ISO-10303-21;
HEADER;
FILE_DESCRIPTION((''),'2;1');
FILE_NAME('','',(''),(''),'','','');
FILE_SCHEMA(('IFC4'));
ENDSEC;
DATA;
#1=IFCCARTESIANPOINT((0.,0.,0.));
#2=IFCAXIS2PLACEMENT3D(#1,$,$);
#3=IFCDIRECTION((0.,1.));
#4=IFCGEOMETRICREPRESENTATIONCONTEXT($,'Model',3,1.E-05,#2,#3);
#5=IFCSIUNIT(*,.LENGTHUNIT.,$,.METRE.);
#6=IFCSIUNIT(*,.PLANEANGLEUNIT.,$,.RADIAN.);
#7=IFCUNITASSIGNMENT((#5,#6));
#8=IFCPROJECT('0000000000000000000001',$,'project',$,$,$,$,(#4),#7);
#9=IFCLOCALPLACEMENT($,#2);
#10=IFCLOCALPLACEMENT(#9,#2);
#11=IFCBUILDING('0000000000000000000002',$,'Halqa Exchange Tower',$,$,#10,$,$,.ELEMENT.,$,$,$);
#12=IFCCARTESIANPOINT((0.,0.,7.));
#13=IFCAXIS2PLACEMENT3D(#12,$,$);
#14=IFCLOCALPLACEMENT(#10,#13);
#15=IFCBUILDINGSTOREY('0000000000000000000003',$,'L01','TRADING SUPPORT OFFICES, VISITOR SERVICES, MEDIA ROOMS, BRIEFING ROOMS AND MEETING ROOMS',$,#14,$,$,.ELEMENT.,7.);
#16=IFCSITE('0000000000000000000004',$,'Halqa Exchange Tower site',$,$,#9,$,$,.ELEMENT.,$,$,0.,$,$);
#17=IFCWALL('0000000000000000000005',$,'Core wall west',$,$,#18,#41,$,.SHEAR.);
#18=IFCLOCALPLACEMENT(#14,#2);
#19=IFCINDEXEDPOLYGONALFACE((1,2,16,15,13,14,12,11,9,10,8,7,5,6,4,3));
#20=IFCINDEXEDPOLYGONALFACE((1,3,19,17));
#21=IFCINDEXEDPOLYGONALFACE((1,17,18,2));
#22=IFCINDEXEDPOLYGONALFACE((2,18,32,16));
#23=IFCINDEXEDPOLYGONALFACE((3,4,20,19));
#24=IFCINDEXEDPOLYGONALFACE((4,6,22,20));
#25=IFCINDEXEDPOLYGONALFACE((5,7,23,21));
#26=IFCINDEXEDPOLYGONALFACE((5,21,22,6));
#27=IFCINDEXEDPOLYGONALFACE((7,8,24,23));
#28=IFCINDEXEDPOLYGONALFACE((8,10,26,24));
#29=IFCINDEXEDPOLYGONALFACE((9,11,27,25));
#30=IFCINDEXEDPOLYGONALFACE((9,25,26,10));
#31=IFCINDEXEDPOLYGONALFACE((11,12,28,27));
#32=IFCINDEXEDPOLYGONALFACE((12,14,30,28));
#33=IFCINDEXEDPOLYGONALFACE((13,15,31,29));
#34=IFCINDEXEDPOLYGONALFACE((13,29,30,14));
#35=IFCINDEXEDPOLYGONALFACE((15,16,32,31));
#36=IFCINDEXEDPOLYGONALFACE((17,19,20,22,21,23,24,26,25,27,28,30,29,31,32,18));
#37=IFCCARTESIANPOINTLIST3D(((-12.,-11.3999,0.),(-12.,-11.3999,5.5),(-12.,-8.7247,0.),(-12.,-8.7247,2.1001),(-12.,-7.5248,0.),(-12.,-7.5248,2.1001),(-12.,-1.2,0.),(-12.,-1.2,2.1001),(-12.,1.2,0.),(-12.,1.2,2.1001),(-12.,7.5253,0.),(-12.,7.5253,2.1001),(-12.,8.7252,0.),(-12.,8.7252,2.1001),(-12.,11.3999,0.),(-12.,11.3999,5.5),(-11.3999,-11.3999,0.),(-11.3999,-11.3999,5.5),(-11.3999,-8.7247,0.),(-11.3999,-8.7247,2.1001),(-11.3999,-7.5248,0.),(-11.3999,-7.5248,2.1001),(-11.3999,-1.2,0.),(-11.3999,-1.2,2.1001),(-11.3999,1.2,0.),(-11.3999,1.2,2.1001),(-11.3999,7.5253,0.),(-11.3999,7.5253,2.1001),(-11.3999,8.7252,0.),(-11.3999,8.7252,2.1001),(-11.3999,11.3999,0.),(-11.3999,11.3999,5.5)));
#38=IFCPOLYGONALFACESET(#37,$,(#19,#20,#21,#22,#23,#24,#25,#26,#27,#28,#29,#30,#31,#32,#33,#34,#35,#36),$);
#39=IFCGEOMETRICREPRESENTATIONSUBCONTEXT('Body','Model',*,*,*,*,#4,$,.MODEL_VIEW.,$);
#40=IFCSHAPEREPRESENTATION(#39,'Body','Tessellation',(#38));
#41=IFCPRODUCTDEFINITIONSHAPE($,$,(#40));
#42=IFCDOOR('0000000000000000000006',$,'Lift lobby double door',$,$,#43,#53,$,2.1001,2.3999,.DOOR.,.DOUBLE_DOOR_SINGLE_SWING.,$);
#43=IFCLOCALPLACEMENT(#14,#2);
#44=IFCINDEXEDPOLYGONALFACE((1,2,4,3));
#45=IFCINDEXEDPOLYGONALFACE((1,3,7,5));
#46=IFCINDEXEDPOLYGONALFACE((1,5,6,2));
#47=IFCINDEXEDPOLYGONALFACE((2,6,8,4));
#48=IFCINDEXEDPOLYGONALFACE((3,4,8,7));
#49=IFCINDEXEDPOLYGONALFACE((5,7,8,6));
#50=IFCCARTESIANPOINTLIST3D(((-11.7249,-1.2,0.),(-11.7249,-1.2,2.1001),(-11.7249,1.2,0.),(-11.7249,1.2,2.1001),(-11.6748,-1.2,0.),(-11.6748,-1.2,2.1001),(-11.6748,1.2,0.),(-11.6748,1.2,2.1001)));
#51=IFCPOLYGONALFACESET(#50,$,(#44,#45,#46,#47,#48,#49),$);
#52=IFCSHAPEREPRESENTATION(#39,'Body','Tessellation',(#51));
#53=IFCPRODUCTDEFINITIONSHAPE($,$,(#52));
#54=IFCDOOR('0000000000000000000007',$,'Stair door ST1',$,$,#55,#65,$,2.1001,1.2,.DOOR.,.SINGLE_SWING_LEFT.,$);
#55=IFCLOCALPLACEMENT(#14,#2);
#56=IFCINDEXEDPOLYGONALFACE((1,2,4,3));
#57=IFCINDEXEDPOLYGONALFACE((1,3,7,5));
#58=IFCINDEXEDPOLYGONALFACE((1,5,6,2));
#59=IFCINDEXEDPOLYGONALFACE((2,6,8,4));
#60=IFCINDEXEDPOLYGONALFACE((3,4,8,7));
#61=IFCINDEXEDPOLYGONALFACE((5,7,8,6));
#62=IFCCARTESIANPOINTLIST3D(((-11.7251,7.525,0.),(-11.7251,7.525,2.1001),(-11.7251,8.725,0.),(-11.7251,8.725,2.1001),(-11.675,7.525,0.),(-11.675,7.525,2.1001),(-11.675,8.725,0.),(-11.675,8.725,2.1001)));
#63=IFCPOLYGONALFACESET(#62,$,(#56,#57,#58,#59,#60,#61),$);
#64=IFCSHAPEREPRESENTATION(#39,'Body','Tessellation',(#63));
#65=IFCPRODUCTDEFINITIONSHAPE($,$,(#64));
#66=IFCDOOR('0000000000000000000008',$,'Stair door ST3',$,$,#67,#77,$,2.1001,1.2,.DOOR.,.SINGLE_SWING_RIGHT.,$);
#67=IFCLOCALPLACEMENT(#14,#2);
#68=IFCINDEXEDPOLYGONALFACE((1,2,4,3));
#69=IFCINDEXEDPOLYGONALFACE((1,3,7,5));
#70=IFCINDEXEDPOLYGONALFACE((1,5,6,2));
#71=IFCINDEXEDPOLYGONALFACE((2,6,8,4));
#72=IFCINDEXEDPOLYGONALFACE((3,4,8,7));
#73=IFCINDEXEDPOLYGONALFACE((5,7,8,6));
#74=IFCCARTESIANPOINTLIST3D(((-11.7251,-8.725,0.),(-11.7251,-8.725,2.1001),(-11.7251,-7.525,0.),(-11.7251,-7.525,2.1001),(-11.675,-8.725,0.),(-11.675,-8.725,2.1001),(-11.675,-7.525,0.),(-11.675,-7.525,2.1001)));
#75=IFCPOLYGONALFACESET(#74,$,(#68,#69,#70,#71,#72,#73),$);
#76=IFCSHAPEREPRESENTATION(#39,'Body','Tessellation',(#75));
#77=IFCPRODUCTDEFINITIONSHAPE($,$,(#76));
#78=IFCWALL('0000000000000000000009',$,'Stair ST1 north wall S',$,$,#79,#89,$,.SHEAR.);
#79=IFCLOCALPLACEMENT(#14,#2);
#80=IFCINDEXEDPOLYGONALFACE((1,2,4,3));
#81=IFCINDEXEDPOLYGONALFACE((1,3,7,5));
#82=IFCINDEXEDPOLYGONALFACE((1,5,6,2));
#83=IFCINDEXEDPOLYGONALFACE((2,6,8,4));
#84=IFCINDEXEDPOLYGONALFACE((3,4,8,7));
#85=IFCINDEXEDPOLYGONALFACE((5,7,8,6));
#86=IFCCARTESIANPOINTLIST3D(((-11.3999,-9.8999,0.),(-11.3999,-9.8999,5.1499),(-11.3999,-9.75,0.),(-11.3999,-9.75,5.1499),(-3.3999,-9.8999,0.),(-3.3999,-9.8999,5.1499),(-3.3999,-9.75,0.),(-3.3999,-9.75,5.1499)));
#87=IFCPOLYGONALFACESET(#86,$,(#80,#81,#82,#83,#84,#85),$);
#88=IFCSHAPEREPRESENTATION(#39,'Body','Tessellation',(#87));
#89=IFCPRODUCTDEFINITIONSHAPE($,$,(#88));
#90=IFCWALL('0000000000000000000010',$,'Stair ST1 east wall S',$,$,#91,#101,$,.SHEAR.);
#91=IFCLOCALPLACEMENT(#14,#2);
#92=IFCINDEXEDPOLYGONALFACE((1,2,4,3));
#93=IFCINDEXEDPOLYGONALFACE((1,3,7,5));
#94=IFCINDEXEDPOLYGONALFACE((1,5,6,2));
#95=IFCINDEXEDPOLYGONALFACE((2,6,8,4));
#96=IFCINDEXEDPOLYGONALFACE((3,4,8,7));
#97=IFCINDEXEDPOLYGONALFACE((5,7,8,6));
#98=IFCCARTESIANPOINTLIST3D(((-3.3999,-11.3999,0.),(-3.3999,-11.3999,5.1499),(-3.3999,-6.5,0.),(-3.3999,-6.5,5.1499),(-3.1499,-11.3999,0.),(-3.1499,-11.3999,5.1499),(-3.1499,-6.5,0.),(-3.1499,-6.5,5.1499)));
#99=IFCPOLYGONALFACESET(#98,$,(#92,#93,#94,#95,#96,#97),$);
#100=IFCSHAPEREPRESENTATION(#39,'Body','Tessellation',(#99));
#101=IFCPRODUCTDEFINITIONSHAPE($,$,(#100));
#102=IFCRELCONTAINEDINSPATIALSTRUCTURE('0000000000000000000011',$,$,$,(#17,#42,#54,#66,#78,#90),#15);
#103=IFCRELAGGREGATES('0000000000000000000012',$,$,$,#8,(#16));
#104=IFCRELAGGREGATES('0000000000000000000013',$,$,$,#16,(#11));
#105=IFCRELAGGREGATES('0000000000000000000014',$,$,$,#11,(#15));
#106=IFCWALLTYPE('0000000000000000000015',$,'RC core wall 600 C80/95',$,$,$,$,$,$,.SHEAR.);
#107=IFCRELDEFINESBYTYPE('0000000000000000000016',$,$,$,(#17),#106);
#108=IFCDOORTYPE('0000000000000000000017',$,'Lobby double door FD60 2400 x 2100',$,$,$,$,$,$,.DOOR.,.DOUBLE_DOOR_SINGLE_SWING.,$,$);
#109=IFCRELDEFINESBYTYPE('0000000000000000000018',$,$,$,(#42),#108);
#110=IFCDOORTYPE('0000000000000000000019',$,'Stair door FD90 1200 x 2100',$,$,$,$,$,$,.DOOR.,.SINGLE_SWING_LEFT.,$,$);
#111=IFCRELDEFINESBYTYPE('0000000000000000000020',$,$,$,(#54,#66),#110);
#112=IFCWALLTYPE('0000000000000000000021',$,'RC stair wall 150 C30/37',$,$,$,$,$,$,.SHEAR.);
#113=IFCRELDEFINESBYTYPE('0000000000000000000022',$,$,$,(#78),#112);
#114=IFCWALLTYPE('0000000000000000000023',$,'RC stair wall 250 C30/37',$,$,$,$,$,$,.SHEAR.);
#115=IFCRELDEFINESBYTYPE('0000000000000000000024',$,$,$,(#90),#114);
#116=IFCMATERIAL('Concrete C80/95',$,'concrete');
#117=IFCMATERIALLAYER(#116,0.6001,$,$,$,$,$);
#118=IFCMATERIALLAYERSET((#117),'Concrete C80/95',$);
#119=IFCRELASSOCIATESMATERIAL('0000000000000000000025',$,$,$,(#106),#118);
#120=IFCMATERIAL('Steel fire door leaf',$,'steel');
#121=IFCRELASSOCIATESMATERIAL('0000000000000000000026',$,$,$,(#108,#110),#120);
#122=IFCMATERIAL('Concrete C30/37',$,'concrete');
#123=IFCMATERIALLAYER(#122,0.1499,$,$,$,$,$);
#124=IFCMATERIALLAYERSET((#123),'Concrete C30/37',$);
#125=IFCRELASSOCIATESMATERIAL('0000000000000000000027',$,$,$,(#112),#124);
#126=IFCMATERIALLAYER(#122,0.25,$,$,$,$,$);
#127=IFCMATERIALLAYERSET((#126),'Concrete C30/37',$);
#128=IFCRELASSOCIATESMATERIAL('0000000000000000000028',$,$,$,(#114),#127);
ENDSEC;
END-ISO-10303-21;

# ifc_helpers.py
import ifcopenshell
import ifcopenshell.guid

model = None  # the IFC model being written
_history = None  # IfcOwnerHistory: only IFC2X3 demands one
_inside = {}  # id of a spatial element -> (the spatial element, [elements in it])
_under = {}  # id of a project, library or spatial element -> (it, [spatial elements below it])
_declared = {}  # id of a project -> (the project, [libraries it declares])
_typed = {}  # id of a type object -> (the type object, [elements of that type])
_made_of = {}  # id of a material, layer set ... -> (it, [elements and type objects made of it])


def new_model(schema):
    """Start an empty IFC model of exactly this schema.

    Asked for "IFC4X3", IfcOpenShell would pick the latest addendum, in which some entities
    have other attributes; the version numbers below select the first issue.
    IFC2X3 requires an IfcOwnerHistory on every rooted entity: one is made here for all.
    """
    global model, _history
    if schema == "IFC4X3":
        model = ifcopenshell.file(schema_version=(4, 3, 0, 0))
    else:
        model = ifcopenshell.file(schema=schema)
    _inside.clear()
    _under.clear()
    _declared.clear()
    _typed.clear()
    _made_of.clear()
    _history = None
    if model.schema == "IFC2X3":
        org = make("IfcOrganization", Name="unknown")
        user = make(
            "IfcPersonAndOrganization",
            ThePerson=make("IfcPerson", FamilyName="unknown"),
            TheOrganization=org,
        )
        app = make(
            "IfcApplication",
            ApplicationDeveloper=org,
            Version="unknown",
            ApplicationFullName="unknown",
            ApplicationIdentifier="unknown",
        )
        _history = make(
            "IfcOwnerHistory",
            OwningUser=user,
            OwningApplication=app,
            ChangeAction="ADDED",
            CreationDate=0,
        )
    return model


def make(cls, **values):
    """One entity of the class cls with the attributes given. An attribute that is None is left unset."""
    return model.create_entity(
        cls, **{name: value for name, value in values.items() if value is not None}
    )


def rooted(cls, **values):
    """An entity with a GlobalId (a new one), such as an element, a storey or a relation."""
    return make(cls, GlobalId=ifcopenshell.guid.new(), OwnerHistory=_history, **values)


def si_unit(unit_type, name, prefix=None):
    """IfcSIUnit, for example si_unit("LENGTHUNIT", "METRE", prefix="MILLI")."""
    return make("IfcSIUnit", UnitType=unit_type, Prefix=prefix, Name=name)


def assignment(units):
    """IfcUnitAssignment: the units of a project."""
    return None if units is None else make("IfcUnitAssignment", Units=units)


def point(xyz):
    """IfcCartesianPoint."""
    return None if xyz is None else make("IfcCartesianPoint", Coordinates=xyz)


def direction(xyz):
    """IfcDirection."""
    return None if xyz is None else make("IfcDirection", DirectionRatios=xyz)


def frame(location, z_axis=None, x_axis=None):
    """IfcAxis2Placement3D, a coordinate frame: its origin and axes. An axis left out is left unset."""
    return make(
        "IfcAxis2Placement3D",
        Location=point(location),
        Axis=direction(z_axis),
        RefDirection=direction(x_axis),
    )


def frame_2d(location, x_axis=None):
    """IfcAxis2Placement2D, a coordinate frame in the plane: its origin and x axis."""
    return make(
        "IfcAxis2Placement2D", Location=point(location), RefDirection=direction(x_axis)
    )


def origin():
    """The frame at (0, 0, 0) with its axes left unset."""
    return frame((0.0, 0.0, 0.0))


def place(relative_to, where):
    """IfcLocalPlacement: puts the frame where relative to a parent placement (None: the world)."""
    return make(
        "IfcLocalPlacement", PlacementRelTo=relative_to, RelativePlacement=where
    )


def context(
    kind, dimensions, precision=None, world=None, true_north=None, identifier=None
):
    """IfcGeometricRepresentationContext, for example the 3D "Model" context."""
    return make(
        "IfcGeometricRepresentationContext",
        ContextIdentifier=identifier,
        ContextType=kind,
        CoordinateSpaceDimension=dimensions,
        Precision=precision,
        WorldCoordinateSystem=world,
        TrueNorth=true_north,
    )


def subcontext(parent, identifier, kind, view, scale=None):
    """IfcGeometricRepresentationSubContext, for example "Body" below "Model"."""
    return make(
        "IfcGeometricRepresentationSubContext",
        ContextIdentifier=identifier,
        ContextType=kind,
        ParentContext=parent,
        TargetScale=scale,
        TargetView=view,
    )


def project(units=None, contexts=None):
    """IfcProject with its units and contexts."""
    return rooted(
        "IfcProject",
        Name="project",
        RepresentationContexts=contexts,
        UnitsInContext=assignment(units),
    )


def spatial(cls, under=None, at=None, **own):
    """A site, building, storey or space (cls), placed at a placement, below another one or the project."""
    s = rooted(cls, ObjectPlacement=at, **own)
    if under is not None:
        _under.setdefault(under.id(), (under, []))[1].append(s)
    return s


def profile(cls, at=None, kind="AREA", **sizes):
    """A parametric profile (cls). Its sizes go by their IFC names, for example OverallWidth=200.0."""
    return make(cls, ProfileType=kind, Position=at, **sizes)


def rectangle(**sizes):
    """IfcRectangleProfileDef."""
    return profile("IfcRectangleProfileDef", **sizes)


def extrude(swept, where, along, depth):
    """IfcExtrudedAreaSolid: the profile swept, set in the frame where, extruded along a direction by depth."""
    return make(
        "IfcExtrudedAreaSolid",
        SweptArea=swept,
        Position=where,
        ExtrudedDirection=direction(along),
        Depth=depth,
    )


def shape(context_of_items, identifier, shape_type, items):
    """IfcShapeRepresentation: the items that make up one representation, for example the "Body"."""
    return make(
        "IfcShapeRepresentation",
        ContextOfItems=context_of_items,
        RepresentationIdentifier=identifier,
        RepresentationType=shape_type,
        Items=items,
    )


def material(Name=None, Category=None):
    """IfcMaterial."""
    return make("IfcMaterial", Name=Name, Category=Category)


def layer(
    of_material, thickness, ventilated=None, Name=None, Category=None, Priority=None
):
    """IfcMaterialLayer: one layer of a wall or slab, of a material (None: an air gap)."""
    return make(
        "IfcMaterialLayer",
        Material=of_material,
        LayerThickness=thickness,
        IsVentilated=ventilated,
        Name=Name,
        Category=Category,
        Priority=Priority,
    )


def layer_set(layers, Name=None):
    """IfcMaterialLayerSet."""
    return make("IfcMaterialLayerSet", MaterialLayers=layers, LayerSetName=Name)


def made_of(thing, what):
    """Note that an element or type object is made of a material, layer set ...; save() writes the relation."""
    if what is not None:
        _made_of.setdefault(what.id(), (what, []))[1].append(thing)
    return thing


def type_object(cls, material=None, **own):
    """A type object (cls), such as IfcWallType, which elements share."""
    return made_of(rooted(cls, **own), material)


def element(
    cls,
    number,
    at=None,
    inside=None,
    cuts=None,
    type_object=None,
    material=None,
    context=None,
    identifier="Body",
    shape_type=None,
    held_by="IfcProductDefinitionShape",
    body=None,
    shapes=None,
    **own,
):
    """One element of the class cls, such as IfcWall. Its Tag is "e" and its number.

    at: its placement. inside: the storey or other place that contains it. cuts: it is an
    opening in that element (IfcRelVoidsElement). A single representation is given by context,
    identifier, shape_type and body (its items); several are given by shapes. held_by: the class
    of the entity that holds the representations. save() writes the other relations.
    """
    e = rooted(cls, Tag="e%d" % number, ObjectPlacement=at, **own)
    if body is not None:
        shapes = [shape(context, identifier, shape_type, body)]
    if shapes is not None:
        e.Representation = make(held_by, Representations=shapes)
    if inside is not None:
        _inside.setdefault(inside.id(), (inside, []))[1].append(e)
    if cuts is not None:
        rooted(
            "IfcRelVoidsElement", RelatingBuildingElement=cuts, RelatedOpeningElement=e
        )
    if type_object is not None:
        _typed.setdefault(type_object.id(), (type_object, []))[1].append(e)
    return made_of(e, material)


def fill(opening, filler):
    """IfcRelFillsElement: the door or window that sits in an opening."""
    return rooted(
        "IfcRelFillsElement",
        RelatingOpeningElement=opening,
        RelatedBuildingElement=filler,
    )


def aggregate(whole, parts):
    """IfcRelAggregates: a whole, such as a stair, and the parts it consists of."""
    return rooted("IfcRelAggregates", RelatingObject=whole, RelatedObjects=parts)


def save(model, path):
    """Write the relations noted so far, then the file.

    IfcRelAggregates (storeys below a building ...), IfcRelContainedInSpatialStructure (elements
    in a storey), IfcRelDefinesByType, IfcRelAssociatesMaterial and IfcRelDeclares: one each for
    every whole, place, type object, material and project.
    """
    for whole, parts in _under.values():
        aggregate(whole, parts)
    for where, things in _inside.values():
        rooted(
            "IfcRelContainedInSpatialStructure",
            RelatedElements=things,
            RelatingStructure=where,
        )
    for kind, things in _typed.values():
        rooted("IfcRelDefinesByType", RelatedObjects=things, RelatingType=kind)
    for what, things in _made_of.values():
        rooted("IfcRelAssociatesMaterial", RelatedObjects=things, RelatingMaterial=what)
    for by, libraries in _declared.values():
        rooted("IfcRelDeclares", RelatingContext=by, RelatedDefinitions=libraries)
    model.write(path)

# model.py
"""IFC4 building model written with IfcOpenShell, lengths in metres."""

from ifc_helpers import new_model, si_unit, direction, frame, frame_2d, origin, place, context, subcontext, project, spatial, rectangle, extrude, material, layer, layer_set, type_object, element, fill, save


model = new_model("IFC4")

# Units and contexts
model_context = context("Model", 3, precision=1e-05, world=origin(), true_north=direction((0.0, 1.0)))
body_context = subcontext(model_context, "Body", "Model", "MODEL_VIEW")
ifc_project = project(units=[si_unit("LENGTHUNIT", "METRE"), si_unit("PLANEANGLEUNIT", "RADIAN")], contexts=[model_context])

# Site, building, storey
site_placement = place(None, origin())
site = spatial("IfcSite", under=ifc_project, at=site_placement, Name="Halqa Exchange Tower site", CompositionType="ELEMENT", RefElevation=0.0)
building_placement = place(site_placement, origin())
building = spatial("IfcBuilding", under=site, at=building_placement, Name="Halqa Exchange Tower", CompositionType="ELEMENT")
storey_placement = place(building_placement, frame((0.0, 0.0, 7.0)))
storey = spatial("IfcBuildingStorey", under=building, at=storey_placement, Name="L01", Description="TRADING SUPPORT OFFICES, VISITOR SERVICES, MEDIA ROOMS, BRIEFING ROOMS AND MEETING ROOMS", CompositionType="ELEMENT", Elevation=7.0)

# Shared definitions
ifc_material_1 = material(Name="Steel fire door leaf", Category="steel")

# Wall, openings, doors
ifc_material_2 = material(Name="Concrete C80/95", Category="concrete")
ifc_layer_1 = layer(ifc_material_2, 0.6001)
ifc_layer_set_1 = layer_set([ifc_layer_1], Name="Concrete C80/95")
wall_type_1 = type_object("IfcWallType", Name="RC core wall 600 C80/95", PredefinedType="SHEAR", material=ifc_layer_set_1)
wall_1_placement = place(storey_placement, frame((-11.7, -11.3999, 0.0), z_axis=(0.0, 0.0, 1.0), x_axis=(0.0, 1.0, 0.0)))
wall_1 = element("IfcWall", 1, at=wall_1_placement, inside=storey, type_object=wall_type_1, Name="Core wall west", PredefinedType="SHEAR", context=body_context, shape_type="SweptSolid", body=[
    extrude(rectangle(XDim=22.7998, YDim=0.6001, at=frame_2d((11.3999, 0.0))), origin(), (0.0, 0.0, 1.0), 5.5),
])
opening_1_placement = place(wall_1_placement, frame((10.2, 0.0, 0.0)))
opening_1 = element("IfcOpeningElement", 2, at=opening_1_placement, cuts=wall_1, PredefinedType="OPENING", context=body_context, shape_type="SweptSolid", body=[
    extrude(rectangle(XDim=2.3999, YDim=2.1001, at=frame_2d((1.2, 1.05))), frame((0.0, 0.312, 0.0), z_axis=(0.0, -1.0, 0.0), x_axis=(1.0, 0.0, 0.0)), (0.0, 0.0, 1.0), 0.624),
])
opening_2_placement = place(wall_1_placement, frame((18.925, 0.0, 0.0)))
opening_2 = element("IfcOpeningElement", 3, at=opening_2_placement, cuts=wall_1, PredefinedType="OPENING", context=body_context, shape_type="SweptSolid", body=[
    extrude(rectangle(XDim=1.2, YDim=2.1001, at=frame_2d((0.6001, 1.05))), frame((0.0, 0.312, 0.0), z_axis=(0.0, -1.0, 0.0), x_axis=(1.0, 0.0, 0.0)), (0.0, 0.0, 1.0), 0.624),
])
opening_3_placement = place(wall_1_placement, frame((2.675, 0.0, 0.0)))
opening_3 = element("IfcOpeningElement", 4, at=opening_3_placement, cuts=wall_1, PredefinedType="OPENING", context=body_context, shape_type="SweptSolid", body=[
    extrude(rectangle(XDim=1.2, YDim=2.1001, at=frame_2d((0.6001, 1.05))), frame((0.0, 0.312, 0.0), z_axis=(0.0, -1.0, 0.0), x_axis=(1.0, 0.0, 0.0)), (0.0, 0.0, 1.0), 0.624),
])
door_type_1 = type_object("IfcDoorType", Name="Lobby double door FD60 2400 x 2100", OperationType="DOUBLE_DOOR_SINGLE_SWING", PredefinedType="DOOR", material=ifc_material_1)
door_1_placement = place(opening_1_placement, origin())
door_1 = element("IfcDoor", 5, at=door_1_placement, inside=storey, type_object=door_type_1, Name="Lift lobby double door", OperationType="DOUBLE_DOOR_SINGLE_SWING", OverallHeight=2.1001, OverallWidth=2.3999, PredefinedType="DOOR", context=body_context, shape_type="SweptSolid", body=[
    extrude(rectangle(XDim=2.3999, YDim=2.1001, at=frame_2d((1.2, 1.05))), frame((0.0, 0.0249, 0.0), z_axis=(0.0, -1.0, 0.0), x_axis=(1.0, 0.0, 0.0)), (0.0, 0.0, 1.0), 0.05),
])
fill(opening_1, door_1)
door_type_2 = type_object("IfcDoorType", Name="Stair door FD90 1200 x 2100", OperationType="SINGLE_SWING_LEFT", PredefinedType="DOOR", material=ifc_material_1)
door_2_placement = place(opening_2_placement, frame((1.2, 0.0, 0.0), z_axis=(0.0, 0.0, 1.0), x_axis=(-1.0, 0.0, 0.0)))
door_2 = element("IfcDoor", 6, at=door_2_placement, inside=storey, type_object=door_type_2, Name="Stair door ST1", OperationType="SINGLE_SWING_LEFT", OverallHeight=2.1001, OverallWidth=1.2, PredefinedType="DOOR", context=body_context, shape_type="SweptSolid", body=[
    extrude(rectangle(XDim=1.2, YDim=2.1001, at=frame_2d((0.6001, 1.05))), frame((0.0, 0.0249, 0.0), z_axis=(0.0, -1.0, 0.0), x_axis=(1.0, 0.0, 0.0)), (0.0, 0.0, 1.0), 0.05),
])
fill(opening_2, door_2)
door_3_placement = place(opening_3_placement, frame((1.2, 0.0, 0.0), z_axis=(0.0, 0.0, 1.0), x_axis=(-1.0, 0.0, 0.0)))
door_3 = element("IfcDoor", 7, at=door_3_placement, inside=storey, type_object=door_type_2, Name="Stair door ST3", OperationType="SINGLE_SWING_RIGHT", OverallHeight=2.1001, OverallWidth=1.2, PredefinedType="DOOR", context=body_context, shape_type="SweptSolid", body=[
    extrude(rectangle(XDim=1.2, YDim=2.1001, at=frame_2d((0.6001, 1.05))), frame((0.0, 0.0249, 0.0), z_axis=(0.0, -1.0, 0.0), x_axis=(1.0, 0.0, 0.0)), (0.0, 0.0, 1.0), 0.05),
])
fill(opening_3, door_3)

# Walls
ifc_material_3 = material(Name="Concrete C30/37", Category="concrete")
ifc_layer_2 = layer(ifc_material_3, 0.1499)
ifc_layer_set_2 = layer_set([ifc_layer_2], Name="Concrete C30/37")
wall_type_2 = type_object("IfcWallType", Name="RC stair wall 150 C30/37", PredefinedType="SHEAR", material=ifc_layer_set_2)
wall_2_placement = place(storey_placement, frame((-11.3999, -9.825, 0.0), z_axis=(0.0, 0.0, 1.0), x_axis=(1.0, 0.0, 0.0)))
element("IfcWall", 8, at=wall_2_placement, inside=storey, type_object=wall_type_2, Name="Stair ST1 north wall S", PredefinedType="SHEAR", context=body_context, shape_type="SweptSolid", body=[
    extrude(rectangle(XDim=8.0, YDim=0.1499, at=frame_2d((4.0, 0.0))), origin(), (0.0, 0.0, 1.0), 5.1499),
])
ifc_layer_3 = layer(ifc_material_3, 0.25)
ifc_layer_set_3 = layer_set([ifc_layer_3], Name="Concrete C30/37")
wall_type_3 = type_object("IfcWallType", Name="RC stair wall 250 C30/37", PredefinedType="SHEAR", material=ifc_layer_set_3)
wall_3_placement = place(storey_placement, frame((-3.2749, -11.3999, 0.0), z_axis=(0.0, 0.0, 1.0), x_axis=(0.0, 1.0, 0.0)))
element("IfcWall", 9, at=wall_3_placement, inside=storey, type_object=wall_type_3, Name="Stair ST1 east wall S", PredefinedType="SHEAR", context=body_context, shape_type="SweptSolid", body=[
    extrude(rectangle(XDim=4.8999, YDim=0.25, at=frame_2d((2.45, 0.0))), origin(), (0.0, 0.0, 1.0), 5.1499),
])

save(model, "model.ifc")
